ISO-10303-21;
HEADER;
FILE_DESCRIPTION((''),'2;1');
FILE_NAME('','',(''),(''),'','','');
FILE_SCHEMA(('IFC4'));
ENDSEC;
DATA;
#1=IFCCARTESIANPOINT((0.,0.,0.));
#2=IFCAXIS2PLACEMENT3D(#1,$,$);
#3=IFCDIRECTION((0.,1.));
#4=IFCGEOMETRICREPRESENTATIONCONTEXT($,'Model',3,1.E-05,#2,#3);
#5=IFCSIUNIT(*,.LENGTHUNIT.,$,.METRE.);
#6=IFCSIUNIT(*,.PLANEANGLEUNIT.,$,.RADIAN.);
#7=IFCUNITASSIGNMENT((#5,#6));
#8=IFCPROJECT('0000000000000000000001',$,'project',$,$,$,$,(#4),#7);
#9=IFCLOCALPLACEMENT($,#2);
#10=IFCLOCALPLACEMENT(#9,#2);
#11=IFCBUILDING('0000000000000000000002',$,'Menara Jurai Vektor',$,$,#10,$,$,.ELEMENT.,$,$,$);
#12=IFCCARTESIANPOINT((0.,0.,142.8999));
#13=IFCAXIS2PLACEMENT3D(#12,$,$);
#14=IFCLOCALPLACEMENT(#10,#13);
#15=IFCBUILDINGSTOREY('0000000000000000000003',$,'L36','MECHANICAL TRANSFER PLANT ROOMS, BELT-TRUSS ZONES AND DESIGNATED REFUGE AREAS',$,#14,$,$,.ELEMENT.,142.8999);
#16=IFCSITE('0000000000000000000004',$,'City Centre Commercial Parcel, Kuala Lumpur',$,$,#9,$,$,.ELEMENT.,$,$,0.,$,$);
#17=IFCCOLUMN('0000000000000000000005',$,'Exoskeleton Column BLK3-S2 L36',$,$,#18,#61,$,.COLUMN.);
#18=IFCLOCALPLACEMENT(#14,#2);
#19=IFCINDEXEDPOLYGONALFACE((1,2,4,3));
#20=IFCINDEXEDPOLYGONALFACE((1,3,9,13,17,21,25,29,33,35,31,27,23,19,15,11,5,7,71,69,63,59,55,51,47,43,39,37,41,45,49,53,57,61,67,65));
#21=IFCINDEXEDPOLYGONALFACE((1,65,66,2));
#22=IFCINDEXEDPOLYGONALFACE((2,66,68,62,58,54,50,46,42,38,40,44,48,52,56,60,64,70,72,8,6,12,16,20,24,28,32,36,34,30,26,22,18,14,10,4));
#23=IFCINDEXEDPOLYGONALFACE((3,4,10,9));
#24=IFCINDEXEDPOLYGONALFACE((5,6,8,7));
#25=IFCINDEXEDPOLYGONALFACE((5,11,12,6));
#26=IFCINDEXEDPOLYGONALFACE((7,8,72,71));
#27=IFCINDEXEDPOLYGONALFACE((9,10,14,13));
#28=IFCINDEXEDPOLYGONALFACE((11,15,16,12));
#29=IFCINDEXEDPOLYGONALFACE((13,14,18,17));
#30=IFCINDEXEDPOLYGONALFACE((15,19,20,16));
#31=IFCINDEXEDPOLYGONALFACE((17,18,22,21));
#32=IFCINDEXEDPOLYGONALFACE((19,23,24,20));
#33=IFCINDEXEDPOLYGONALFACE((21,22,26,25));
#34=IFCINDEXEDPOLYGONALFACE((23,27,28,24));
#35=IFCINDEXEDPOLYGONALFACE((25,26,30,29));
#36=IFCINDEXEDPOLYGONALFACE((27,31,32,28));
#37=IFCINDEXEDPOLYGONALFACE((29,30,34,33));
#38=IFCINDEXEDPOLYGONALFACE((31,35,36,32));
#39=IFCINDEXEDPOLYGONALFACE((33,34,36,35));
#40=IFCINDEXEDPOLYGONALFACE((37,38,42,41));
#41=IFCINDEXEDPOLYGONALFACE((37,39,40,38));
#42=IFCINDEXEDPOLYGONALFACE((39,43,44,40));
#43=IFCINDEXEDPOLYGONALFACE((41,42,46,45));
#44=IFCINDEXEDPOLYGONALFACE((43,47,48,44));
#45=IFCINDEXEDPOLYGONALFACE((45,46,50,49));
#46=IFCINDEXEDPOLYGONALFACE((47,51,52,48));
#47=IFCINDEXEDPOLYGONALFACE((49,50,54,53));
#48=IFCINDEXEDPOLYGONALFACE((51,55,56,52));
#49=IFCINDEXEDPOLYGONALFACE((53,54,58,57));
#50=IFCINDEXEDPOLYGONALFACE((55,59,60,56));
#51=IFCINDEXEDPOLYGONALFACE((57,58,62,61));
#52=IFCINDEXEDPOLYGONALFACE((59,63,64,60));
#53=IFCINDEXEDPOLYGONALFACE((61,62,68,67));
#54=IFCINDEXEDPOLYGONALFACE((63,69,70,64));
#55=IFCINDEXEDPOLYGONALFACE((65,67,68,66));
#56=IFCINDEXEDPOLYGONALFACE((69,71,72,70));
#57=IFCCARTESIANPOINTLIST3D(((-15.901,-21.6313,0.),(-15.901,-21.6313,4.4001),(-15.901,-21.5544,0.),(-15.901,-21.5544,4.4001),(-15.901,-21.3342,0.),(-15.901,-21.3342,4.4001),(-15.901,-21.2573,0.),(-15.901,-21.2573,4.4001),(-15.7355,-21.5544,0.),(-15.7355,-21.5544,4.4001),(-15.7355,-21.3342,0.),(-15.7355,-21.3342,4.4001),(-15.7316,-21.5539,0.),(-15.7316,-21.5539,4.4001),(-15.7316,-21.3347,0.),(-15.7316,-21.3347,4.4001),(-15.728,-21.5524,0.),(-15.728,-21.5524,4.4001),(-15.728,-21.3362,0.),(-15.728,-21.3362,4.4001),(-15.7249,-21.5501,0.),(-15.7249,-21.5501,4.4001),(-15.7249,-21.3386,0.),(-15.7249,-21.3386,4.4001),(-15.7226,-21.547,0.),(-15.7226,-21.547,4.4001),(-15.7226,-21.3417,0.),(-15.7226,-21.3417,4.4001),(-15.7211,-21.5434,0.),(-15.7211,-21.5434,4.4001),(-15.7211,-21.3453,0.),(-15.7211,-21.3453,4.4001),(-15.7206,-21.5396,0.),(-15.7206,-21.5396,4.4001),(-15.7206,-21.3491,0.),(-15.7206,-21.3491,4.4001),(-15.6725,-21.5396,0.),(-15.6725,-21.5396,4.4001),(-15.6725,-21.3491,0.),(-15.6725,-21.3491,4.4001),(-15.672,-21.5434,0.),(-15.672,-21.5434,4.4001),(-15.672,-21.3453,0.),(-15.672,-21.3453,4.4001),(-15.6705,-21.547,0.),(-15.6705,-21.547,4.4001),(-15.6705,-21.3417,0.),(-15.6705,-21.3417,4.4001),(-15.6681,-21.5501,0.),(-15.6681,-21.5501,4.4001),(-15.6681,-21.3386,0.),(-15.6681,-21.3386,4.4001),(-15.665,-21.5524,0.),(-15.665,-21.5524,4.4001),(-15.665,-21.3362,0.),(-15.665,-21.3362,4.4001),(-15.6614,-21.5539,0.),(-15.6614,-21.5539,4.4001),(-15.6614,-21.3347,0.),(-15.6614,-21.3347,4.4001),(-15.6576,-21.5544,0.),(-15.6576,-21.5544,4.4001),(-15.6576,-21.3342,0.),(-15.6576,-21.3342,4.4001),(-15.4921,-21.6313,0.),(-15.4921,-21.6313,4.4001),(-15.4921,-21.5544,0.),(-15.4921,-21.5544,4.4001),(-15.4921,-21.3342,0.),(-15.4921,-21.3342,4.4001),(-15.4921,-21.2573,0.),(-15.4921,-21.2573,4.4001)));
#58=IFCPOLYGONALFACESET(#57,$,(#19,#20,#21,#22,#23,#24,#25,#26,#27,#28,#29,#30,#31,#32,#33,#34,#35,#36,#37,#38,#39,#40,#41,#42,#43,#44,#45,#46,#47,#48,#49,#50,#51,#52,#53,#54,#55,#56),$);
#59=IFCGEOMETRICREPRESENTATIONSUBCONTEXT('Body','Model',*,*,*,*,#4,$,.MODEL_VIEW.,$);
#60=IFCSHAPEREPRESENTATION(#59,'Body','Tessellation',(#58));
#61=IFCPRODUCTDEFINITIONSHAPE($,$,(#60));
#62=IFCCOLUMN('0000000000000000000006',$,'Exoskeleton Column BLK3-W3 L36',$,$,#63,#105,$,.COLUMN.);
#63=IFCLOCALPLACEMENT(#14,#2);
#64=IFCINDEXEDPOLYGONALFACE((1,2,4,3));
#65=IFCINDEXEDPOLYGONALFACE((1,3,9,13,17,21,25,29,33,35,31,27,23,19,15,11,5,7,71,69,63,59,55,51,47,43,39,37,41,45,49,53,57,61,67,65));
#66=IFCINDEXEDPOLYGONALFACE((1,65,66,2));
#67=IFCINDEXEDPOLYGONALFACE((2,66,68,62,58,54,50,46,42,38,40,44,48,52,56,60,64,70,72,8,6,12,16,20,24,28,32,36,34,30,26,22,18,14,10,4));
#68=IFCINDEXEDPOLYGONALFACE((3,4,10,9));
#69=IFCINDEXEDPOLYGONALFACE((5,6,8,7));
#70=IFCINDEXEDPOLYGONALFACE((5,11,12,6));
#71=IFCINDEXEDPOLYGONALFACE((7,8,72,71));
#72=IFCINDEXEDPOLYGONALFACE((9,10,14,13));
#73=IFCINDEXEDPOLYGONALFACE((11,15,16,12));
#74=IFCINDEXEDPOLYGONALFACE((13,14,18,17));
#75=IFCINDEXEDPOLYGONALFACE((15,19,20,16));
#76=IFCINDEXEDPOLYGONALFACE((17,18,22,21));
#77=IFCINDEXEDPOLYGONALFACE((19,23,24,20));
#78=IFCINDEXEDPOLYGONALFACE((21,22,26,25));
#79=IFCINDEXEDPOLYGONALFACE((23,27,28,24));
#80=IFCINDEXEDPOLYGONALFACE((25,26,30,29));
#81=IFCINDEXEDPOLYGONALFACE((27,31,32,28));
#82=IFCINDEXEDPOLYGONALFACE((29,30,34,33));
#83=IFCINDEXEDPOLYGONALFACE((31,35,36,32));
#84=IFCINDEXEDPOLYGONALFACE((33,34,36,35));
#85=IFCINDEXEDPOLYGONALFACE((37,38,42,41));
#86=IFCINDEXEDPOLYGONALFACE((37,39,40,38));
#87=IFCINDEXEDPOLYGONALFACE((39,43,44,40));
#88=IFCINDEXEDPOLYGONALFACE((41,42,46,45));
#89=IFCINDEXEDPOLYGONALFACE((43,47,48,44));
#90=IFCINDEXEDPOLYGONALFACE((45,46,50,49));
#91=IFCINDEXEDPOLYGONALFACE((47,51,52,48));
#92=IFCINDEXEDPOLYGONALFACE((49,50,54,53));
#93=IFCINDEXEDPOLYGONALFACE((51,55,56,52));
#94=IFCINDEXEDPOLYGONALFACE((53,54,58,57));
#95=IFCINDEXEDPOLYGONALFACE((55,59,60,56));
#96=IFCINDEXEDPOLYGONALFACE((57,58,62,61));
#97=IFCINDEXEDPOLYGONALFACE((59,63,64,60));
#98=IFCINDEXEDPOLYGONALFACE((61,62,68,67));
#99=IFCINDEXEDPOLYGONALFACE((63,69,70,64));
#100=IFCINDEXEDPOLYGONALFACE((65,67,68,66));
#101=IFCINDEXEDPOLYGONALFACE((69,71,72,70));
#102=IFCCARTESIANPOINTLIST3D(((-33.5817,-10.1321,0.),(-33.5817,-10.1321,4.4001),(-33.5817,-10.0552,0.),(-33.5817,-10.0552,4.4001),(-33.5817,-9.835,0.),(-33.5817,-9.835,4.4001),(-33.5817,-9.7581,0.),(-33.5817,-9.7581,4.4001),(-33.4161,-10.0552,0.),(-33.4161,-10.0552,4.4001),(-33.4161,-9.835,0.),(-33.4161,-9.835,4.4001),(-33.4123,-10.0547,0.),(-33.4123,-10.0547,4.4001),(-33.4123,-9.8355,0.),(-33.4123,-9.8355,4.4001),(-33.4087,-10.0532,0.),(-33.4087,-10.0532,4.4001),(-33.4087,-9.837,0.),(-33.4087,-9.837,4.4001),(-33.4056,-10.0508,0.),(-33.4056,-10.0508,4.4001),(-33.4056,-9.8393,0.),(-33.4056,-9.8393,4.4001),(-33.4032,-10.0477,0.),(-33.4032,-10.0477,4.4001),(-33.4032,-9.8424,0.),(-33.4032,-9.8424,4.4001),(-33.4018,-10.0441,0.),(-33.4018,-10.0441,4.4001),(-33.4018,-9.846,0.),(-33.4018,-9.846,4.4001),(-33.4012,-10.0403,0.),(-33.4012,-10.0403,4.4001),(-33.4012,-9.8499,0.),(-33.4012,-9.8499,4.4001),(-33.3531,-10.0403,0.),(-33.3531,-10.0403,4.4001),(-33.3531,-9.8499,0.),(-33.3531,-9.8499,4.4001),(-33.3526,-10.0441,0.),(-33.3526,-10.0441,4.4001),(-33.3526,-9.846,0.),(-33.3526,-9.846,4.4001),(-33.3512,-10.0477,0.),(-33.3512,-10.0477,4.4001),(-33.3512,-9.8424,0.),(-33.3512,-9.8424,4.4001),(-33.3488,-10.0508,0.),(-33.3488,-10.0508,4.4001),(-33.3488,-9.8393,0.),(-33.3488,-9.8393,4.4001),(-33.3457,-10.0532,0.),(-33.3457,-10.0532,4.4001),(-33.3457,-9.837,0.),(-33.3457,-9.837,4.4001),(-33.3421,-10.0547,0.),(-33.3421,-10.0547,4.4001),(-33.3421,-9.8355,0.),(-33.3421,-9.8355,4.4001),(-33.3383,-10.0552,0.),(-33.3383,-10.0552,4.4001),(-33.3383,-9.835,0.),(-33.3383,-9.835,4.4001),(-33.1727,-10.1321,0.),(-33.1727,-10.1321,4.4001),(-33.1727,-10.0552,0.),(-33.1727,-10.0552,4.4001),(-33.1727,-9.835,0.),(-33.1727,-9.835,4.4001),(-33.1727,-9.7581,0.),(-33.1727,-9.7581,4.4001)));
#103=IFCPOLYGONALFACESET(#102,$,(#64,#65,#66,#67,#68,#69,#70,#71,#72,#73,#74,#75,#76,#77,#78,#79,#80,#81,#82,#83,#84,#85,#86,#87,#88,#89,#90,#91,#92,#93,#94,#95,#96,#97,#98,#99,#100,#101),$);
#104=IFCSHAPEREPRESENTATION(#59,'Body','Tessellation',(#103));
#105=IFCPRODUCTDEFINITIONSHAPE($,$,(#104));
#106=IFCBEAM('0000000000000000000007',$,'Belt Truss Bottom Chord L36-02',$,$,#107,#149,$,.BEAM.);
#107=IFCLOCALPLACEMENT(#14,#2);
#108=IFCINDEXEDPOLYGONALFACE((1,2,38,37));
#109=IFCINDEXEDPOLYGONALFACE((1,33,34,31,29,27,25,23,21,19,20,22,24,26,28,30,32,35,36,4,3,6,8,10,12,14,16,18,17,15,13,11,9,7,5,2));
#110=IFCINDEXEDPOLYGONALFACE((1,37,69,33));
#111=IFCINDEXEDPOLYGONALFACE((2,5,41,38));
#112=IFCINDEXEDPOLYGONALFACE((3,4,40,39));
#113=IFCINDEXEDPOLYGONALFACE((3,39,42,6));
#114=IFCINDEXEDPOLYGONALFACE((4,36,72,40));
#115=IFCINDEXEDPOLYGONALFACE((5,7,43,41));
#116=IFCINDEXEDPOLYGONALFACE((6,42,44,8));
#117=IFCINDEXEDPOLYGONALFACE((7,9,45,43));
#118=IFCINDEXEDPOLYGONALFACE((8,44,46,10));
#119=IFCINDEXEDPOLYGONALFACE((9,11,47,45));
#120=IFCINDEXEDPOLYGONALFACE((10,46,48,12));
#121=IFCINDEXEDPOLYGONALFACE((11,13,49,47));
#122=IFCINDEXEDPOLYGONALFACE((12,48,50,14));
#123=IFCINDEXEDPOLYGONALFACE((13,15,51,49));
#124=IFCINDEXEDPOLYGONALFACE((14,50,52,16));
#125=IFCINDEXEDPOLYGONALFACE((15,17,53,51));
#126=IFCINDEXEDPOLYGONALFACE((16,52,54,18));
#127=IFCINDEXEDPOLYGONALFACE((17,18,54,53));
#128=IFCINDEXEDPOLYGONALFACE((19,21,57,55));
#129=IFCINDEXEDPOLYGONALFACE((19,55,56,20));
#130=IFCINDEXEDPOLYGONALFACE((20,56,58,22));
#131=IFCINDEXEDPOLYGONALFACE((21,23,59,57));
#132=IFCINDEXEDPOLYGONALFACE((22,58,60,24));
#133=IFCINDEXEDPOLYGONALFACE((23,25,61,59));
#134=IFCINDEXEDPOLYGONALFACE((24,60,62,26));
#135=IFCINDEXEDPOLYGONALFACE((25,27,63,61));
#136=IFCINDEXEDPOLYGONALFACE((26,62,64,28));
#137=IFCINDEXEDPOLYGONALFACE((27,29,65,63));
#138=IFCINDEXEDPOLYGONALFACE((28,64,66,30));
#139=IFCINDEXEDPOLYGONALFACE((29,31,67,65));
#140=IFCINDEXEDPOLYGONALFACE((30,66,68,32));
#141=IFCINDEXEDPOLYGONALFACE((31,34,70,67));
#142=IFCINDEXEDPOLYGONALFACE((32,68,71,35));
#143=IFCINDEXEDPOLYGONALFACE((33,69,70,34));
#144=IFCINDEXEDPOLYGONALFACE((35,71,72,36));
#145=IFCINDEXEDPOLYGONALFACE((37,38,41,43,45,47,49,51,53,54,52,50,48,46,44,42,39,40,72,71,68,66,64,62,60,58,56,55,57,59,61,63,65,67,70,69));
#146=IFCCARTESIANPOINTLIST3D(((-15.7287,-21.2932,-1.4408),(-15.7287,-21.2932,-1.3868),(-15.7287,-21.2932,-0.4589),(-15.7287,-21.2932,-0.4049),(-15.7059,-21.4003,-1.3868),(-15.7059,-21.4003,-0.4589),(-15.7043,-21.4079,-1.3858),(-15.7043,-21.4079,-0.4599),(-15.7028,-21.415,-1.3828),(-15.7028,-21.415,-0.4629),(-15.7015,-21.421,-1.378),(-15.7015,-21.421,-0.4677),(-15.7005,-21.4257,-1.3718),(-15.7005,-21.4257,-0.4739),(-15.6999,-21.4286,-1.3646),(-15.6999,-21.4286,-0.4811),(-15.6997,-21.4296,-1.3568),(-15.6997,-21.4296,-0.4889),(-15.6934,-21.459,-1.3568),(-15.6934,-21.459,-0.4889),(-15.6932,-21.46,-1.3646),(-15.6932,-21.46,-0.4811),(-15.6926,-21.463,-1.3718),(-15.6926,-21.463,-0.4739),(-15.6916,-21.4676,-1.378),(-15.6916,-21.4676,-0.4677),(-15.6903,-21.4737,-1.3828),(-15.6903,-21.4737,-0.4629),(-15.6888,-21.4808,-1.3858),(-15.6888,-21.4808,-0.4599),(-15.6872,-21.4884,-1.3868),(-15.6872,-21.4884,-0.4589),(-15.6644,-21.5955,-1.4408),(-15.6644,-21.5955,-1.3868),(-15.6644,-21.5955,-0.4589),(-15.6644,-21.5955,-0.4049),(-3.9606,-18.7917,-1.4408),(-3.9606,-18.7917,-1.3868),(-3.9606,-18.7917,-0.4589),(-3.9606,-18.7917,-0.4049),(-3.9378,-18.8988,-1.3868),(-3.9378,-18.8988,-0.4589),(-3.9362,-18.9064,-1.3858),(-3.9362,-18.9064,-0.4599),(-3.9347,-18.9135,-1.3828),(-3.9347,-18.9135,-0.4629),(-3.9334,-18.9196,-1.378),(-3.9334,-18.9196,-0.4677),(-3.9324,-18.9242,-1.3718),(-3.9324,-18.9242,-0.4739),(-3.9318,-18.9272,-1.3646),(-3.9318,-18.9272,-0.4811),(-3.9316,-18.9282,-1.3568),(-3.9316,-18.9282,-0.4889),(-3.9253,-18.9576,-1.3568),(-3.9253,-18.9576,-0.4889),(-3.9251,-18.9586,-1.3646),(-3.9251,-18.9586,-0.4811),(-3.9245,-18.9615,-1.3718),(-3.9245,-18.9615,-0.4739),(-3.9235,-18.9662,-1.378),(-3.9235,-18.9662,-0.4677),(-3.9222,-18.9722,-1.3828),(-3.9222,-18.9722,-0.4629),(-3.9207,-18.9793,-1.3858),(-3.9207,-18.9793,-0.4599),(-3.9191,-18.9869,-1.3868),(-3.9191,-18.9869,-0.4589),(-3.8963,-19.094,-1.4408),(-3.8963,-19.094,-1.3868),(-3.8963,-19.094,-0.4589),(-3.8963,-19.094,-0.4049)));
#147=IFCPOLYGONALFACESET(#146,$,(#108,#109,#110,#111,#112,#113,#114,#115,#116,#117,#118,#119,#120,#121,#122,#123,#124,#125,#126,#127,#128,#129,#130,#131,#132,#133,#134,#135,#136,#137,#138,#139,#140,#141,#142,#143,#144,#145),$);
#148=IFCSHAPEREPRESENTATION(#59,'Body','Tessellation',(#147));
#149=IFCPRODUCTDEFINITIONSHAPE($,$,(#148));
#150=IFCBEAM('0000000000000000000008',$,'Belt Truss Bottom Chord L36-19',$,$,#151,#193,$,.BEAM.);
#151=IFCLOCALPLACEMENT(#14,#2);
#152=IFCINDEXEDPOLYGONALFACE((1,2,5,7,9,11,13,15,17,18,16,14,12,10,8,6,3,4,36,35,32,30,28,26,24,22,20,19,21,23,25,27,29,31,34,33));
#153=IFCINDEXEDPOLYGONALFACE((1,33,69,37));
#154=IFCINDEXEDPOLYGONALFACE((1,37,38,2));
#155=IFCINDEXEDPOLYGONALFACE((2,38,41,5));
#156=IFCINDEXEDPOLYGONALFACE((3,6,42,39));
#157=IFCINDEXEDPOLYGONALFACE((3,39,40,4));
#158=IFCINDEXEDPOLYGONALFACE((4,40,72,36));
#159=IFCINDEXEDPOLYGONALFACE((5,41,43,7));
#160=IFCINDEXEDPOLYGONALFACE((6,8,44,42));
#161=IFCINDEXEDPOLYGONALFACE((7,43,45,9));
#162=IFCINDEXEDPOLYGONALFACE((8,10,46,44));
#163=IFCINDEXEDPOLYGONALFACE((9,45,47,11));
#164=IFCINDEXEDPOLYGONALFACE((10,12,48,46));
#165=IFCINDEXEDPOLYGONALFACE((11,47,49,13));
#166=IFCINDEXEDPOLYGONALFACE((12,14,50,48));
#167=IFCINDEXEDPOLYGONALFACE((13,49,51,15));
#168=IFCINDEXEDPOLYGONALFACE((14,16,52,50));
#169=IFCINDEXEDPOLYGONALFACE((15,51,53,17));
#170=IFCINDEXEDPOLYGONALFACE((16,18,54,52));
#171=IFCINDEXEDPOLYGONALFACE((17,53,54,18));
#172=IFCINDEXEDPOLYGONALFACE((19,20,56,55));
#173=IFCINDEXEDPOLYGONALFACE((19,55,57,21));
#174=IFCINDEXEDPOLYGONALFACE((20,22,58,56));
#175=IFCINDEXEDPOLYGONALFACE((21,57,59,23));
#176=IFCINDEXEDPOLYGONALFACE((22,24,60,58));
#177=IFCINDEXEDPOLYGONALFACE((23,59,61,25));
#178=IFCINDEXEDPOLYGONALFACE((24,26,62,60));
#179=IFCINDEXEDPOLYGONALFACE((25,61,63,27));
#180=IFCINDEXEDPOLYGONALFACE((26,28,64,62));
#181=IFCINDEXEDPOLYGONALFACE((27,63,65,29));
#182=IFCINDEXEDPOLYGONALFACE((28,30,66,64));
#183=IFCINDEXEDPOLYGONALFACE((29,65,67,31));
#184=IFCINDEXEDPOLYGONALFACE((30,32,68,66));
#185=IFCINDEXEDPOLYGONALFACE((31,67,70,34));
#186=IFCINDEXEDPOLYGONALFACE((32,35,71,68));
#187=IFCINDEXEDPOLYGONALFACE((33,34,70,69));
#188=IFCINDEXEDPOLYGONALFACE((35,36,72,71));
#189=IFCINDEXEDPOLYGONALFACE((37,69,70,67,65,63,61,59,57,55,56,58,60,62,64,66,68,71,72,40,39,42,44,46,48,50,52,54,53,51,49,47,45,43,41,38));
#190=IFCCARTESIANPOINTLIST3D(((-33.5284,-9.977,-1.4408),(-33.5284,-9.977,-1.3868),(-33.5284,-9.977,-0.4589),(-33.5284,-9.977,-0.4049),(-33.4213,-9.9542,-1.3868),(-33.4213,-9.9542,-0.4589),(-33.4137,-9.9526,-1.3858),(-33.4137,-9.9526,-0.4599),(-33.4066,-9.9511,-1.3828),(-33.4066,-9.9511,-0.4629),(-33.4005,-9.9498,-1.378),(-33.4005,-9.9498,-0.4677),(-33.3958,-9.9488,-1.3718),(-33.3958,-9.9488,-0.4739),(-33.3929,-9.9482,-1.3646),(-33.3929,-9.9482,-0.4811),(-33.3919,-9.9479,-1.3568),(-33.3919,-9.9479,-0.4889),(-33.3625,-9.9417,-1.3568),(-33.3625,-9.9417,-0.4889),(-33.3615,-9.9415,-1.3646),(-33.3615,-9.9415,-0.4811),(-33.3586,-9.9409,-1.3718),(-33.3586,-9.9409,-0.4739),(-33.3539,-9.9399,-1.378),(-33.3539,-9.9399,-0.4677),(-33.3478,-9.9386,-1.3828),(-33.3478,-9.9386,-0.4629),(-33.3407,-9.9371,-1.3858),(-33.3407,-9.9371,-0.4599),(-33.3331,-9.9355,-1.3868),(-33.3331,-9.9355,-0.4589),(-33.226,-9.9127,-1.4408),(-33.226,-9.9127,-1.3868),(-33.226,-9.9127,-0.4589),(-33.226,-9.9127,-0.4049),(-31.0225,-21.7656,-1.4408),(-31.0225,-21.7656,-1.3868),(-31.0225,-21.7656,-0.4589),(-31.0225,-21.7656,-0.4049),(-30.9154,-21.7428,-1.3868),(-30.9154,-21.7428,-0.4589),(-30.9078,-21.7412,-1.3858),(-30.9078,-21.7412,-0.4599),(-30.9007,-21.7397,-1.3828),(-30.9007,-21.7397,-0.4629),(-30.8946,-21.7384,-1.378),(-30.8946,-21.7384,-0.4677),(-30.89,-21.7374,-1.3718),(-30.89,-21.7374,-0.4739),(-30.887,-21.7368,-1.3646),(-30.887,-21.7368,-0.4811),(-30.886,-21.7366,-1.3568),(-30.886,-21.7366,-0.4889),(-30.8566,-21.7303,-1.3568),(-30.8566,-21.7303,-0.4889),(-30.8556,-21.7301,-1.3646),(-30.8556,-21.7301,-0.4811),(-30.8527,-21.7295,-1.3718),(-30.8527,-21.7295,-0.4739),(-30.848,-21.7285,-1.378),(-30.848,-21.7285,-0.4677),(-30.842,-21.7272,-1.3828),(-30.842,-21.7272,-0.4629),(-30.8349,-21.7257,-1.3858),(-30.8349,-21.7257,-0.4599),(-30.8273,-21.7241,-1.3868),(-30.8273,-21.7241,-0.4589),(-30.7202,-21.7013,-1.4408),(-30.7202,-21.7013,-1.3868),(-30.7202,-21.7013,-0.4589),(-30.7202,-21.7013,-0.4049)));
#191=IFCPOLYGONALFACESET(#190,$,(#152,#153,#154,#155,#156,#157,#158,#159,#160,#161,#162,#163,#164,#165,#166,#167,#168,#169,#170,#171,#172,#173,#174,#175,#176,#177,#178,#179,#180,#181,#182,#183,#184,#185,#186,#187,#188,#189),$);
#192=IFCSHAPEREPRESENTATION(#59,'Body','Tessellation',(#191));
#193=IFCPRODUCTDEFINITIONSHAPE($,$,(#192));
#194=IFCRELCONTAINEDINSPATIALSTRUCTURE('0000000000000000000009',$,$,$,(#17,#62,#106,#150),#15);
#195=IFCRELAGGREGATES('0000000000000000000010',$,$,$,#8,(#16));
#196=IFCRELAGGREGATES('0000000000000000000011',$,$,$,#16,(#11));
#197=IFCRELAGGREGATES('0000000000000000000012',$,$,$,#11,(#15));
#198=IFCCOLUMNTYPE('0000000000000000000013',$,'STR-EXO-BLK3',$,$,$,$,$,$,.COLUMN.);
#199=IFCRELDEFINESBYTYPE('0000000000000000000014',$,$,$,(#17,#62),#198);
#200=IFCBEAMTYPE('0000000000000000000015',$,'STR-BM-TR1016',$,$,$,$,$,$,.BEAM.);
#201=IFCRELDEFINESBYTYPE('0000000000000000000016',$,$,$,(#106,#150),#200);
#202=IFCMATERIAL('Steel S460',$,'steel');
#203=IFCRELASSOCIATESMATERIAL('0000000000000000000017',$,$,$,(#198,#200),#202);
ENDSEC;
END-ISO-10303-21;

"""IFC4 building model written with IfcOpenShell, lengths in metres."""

from ifc_helpers import new_model, si_unit, direction, frame, origin, origin_2d, place, context, subcontext, project, spatial, i_section, extrude, material, material_profile, profile_set, type_object, element, save


model = new_model("IFC4")

# Units and contexts
model_context = context("Model", 3, precision=1e-05, world=origin(), true_north=direction((0.0, 1.0)))
body_context = subcontext(model_context, "Body", "Model", "MODEL_VIEW")
ifc_project = project(units=[si_unit("LENGTHUNIT", "METRE"), si_unit("PLANEANGLEUNIT", "RADIAN")], contexts=[model_context])

# Site, building, storey
site_placement = place(None, origin())
site = spatial("IfcSite", under=ifc_project, at=site_placement, Name="City Centre Commercial Parcel, Kuala Lumpur", CompositionType="ELEMENT", RefElevation=0.0)
building_placement = place(site_placement, origin())
building = spatial("IfcBuilding", under=site, at=building_placement, Name="Menara Jurai Vektor", CompositionType="ELEMENT")
storey_placement = place(building_placement, frame((0.0, 0.0, 142.8999)))
storey = spatial("IfcBuildingStorey", under=building, at=storey_placement, Name="L36", Description="MECHANICAL TRANSFER PLANT ROOMS, BELT-TRUSS ZONES AND DESIGNATED REFUGE AREAS", CompositionType="ELEMENT", Elevation=142.8999)

# Columns
ifc_material_1 = material(Name="Steel S460", Category="steel")
ifc_material_profile_1 = material_profile(ifc_material_1, i_section(OverallWidth=0.4089, OverallDepth=0.374, WebThickness=0.0481, FlangeThickness=0.0769, FilletRadius=0.0149, at=origin_2d()), Name="HD 400x634")
ifc_profile_set_1 = profile_set([ifc_material_profile_1], Name="Steel S460")
column_type = type_object("IfcColumnType", Name="STR-EXO-BLK3", PredefinedType="COLUMN", material=ifc_profile_set_1)
for number, where, z_axis, x_axis, name in (
    (1, (-15.6965, -21.4443, 0.0), (0.0, 0.0, 1.0), (1.0, 0.0, 0.0), "Exoskeleton Column BLK3-S2 L36"),
    (2, (-33.3772, -9.9451, 0.0), (0.0, 0.0, 1.0), (1.0, 0.0, 0.0), "Exoskeleton Column BLK3-W3 L36"),
):
    element("IfcColumn", number, at=place(storey_placement, frame(where, z_axis=z_axis, x_axis=x_axis)), inside=storey, type_object=column_type, Name=name, PredefinedType="COLUMN", context=body_context, shape_type="SweptSolid", body=[
        extrude(i_section(OverallWidth=0.4089, OverallDepth=0.374, WebThickness=0.0481, FlangeThickness=0.0769, FilletRadius=0.0149, at=origin_2d()), origin(), (0.0, 0.0, 1.0), 4.4001),
    ])

# Beams
ifc_material_profile_2 = material_profile(ifc_material_1, i_section(OverallWidth=0.3091, OverallDepth=1.0359, WebThickness=0.03, FlangeThickness=0.054, FilletRadius=0.03, at=origin_2d()), Name="UKB 1016x305x487")
ifc_profile_set_2 = profile_set([ifc_material_profile_2], Name="Steel S460")
beam_type_1 = type_object("IfcBeamType", Name="STR-BM-TR1016", PredefinedType="BEAM", material=ifc_profile_set_2)
beam_1_placement = place(storey_placement, frame((-15.6965, -21.4443, -0.9229), z_axis=(0.978146, 0.207918, 0.0), x_axis=(-0.207918, 0.978146, 0.0)))
element("IfcBeam", 3, at=beam_1_placement, inside=storey, type_object=beam_type_1, Name="Belt Truss Bottom Chord L36-02", PredefinedType="BEAM", context=body_context, shape_type="SweptSolid", body=[
    extrude(i_section(OverallWidth=0.3091, OverallDepth=1.0359, WebThickness=0.03, FlangeThickness=0.054, FilletRadius=0.03, at=origin_2d()), origin(), (0.0, 0.0, 1.0), 12.031),
])
beam_2_placement = place(storey_placement, frame((-33.3772, -9.9448, -0.9229), z_axis=(0.207921, -0.978146, 0.0), x_axis=(0.978146, 0.207921, 0.0)))
element("IfcBeam", 4, at=beam_2_placement, inside=storey, type_object=beam_type_1, Name="Belt Truss Bottom Chord L36-19", PredefinedType="BEAM", context=body_context, shape_type="SweptSolid", body=[
    extrude(i_section(OverallWidth=0.3091, OverallDepth=1.0359, WebThickness=0.03, FlangeThickness=0.054, FilletRadius=0.03, at=origin_2d()), origin(), (0.0, 0.0, 1.0), 12.052),
])

save(model, "model.ifc")
